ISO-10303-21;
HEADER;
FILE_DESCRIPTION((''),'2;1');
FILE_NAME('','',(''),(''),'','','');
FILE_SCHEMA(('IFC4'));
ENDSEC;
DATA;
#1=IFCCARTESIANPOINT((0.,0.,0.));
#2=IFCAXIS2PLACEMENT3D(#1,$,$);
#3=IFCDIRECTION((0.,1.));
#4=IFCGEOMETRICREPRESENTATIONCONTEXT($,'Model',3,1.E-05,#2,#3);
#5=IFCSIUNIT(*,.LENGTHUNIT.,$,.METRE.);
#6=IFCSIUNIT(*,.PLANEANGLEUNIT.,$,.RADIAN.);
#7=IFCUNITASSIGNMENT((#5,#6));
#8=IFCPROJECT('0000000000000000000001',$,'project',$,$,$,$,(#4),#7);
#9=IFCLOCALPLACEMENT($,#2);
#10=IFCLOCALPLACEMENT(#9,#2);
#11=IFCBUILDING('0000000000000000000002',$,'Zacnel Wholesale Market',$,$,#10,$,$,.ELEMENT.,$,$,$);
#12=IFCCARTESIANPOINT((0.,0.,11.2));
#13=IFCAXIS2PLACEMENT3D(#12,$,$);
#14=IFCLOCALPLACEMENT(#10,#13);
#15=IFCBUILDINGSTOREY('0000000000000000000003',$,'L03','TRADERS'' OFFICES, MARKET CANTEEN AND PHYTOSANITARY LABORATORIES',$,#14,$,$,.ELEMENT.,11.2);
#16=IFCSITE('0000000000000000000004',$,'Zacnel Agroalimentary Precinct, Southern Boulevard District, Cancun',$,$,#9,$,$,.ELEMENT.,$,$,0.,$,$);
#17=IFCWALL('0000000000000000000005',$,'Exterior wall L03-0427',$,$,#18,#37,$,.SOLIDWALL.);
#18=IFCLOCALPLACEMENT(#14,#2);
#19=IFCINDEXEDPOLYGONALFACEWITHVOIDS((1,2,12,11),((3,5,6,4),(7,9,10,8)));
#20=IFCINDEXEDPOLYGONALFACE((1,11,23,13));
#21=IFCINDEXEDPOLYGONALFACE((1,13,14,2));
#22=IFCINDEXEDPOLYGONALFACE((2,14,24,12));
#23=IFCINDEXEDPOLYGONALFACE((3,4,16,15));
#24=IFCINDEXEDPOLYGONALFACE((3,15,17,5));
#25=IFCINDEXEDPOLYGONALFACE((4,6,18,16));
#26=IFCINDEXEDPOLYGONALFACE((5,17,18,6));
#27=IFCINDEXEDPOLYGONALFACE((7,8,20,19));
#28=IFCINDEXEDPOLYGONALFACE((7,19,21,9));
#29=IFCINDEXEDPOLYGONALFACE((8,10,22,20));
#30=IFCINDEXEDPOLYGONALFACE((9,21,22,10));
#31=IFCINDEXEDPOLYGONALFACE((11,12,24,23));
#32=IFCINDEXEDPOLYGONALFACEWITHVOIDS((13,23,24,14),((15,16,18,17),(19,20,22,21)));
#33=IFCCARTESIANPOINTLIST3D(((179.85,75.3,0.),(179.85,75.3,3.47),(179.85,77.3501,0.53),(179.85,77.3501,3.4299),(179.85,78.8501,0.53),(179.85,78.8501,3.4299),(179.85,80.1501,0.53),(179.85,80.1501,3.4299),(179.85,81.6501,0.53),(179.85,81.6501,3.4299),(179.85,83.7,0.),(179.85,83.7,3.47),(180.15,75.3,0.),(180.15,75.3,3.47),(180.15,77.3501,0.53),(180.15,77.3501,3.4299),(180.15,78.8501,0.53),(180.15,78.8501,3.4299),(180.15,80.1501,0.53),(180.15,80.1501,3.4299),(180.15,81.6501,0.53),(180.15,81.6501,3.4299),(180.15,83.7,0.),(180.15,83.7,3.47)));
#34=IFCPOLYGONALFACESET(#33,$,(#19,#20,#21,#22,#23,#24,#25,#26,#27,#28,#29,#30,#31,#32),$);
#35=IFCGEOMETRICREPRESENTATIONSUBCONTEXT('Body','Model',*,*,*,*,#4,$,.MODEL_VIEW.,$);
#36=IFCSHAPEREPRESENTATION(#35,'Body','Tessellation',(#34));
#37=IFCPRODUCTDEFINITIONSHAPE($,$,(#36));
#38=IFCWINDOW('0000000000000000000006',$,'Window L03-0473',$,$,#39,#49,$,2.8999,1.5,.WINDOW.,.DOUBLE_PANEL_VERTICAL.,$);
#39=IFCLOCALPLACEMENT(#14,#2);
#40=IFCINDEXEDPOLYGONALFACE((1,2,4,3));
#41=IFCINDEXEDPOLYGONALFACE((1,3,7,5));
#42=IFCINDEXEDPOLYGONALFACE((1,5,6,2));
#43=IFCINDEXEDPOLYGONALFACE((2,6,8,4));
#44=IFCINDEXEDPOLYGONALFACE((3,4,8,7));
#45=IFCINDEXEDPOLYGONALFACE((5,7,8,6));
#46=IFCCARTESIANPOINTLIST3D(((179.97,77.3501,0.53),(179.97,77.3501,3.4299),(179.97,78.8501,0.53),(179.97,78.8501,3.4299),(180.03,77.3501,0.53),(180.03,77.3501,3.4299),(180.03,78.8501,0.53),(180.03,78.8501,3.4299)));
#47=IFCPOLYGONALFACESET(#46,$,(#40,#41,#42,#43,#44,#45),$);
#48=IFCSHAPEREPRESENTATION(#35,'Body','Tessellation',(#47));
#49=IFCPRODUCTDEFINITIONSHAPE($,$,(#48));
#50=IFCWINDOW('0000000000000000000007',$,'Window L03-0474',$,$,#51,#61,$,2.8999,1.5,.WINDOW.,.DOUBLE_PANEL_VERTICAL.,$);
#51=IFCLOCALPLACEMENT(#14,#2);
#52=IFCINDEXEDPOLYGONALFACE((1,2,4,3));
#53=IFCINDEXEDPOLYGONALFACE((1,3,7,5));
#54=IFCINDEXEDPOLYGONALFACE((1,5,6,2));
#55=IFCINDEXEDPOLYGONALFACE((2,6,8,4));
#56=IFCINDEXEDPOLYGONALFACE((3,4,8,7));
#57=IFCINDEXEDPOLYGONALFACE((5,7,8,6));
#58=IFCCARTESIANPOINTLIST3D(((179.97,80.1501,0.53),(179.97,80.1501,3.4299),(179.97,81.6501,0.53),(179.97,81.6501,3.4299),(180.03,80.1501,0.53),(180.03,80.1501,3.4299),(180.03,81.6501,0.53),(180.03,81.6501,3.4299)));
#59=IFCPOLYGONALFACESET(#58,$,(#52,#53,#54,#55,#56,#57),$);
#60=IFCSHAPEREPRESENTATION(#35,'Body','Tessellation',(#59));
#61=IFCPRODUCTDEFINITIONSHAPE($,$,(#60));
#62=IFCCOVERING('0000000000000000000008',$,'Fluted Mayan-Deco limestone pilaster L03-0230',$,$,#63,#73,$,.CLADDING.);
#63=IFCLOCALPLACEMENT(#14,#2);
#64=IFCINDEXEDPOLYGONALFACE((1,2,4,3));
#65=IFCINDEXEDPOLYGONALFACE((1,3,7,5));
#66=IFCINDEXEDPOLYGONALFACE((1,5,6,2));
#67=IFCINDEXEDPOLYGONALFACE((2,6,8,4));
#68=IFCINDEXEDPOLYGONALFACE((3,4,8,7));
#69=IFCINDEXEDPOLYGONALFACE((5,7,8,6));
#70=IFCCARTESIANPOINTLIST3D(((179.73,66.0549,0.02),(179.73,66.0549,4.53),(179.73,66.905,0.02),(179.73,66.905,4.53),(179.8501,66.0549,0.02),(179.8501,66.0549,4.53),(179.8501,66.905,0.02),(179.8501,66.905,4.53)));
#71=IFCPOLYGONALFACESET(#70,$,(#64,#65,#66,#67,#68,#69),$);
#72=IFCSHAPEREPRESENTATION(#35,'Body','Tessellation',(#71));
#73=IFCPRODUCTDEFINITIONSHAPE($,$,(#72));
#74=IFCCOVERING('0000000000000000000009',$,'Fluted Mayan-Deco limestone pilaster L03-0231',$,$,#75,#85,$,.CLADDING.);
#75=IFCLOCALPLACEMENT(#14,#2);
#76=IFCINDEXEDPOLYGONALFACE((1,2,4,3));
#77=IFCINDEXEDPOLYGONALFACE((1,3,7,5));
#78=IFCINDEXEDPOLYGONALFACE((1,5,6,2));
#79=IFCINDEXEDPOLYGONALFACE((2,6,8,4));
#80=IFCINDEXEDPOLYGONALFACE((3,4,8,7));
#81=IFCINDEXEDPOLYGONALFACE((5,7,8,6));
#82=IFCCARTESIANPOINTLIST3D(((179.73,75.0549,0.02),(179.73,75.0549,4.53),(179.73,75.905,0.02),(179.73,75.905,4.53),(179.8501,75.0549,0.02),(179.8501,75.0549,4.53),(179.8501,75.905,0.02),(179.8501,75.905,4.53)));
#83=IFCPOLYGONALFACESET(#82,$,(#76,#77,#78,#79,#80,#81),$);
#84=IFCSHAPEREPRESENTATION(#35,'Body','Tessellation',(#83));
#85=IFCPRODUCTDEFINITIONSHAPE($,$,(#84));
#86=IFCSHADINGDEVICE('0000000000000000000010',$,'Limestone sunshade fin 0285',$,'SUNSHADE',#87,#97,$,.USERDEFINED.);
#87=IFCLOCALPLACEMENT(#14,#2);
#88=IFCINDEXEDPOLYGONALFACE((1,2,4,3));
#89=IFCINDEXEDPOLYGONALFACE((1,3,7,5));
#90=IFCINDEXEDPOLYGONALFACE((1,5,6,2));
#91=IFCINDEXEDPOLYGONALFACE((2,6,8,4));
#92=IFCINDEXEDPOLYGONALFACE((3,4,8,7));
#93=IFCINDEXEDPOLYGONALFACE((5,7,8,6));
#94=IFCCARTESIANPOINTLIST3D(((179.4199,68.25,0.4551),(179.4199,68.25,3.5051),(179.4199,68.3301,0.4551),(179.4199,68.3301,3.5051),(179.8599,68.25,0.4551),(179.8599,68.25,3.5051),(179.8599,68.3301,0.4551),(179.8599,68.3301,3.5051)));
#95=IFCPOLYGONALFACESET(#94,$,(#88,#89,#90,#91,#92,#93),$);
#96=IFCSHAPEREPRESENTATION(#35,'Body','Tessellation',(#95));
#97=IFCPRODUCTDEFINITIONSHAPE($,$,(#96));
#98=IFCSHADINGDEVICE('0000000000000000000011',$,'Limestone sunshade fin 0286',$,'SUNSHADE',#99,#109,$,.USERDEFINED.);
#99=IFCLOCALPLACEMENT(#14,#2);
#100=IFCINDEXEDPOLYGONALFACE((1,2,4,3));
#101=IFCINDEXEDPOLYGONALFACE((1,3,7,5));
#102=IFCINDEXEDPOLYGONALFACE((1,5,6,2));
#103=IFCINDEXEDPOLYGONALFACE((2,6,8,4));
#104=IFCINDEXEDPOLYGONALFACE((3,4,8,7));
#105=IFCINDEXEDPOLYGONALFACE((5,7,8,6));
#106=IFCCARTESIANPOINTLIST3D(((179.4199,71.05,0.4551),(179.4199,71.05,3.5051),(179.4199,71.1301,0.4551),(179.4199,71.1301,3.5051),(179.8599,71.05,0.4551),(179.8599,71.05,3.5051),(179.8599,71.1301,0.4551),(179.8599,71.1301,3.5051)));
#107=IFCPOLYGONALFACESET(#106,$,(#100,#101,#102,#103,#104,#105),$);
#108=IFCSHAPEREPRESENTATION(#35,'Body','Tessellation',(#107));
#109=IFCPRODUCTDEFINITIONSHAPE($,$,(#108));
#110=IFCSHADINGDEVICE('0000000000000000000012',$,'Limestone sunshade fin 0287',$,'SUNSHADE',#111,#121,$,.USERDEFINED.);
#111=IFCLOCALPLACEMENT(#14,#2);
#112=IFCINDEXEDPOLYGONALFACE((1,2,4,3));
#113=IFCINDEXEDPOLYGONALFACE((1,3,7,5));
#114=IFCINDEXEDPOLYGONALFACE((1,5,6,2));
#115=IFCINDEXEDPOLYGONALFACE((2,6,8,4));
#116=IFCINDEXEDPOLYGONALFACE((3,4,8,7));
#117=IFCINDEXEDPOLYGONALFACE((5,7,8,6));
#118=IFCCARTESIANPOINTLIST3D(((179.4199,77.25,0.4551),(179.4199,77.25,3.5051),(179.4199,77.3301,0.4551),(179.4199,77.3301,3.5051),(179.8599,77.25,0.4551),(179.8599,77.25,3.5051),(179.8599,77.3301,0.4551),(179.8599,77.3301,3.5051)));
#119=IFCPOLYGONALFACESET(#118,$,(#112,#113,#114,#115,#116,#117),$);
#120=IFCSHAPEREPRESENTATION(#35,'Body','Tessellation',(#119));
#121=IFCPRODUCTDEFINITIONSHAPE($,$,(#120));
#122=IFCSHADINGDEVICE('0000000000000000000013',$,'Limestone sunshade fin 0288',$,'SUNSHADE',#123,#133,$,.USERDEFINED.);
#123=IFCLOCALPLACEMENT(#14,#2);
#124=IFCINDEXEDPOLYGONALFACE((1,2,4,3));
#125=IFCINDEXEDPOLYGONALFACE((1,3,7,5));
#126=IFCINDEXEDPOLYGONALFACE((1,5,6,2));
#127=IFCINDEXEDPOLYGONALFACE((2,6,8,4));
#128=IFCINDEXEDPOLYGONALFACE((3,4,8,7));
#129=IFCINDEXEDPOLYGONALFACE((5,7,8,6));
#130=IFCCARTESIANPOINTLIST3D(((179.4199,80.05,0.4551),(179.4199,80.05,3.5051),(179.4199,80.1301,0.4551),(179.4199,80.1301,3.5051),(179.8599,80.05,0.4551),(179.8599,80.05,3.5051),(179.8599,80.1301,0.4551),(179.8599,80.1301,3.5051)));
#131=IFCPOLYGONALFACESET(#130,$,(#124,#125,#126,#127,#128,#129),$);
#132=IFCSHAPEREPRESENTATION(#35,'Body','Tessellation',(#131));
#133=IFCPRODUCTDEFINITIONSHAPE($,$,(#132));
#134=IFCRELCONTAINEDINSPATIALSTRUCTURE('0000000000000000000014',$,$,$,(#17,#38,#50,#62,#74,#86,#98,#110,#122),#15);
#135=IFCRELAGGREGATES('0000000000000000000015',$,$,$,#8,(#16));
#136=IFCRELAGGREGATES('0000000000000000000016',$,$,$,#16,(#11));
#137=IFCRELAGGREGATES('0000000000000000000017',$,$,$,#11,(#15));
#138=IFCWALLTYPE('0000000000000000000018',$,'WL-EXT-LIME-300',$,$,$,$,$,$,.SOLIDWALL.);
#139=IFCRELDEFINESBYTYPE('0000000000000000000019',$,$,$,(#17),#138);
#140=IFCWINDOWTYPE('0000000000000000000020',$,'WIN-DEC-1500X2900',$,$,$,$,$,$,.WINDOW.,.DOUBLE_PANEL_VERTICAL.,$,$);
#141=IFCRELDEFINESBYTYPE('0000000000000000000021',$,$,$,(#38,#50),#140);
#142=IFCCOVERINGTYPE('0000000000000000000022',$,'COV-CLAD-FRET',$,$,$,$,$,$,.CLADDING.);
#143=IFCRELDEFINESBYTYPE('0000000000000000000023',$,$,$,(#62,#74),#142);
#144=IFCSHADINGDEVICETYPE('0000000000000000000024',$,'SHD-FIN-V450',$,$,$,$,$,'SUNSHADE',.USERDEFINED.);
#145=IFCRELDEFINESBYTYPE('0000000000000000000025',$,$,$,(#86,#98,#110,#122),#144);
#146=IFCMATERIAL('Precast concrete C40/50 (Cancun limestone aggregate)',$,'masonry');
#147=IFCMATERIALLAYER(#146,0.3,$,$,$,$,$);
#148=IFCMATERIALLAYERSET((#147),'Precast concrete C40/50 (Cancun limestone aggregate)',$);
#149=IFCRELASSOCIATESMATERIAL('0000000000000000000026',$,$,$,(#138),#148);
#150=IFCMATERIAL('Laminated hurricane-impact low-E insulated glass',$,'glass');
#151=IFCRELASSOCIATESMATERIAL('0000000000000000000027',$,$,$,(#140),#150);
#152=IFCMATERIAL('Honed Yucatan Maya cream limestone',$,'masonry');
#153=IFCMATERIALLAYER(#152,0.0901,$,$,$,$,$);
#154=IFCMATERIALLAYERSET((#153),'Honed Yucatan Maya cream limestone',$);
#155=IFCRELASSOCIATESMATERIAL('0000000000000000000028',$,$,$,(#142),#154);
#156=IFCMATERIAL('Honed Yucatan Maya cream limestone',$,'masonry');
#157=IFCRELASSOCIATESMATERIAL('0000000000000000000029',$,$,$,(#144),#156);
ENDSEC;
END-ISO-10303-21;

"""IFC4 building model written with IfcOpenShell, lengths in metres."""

from ifc_helpers import new_model, si_unit, direction, frame, frame_2d, origin, origin_2d, place, context, subcontext, project, spatial, rectangle, extrude, material, layer, layer_set, type_object, element, fill, save


model = new_model("IFC4")

# Units and contexts
model_context = context("Model", 3, precision=1e-05, world=origin(), true_north=direction((0.0, 1.0)))
body_context = subcontext(model_context, "Body", "Model", "MODEL_VIEW")
ifc_project = project(units=[si_unit("LENGTHUNIT", "METRE"), si_unit("PLANEANGLEUNIT", "RADIAN")], contexts=[model_context])

# Site, building, storey
site_placement = place(None, origin())
site = spatial("IfcSite", under=ifc_project, at=site_placement, Name="Zacnel Agroalimentary Precinct, Southern Boulevard District, Cancun", CompositionType="ELEMENT", RefElevation=0.0)
building_placement = place(site_placement, origin())
building = spatial("IfcBuilding", under=site, at=building_placement, Name="Zacnel Wholesale Market", CompositionType="ELEMENT")
storey_placement = place(building_placement, frame((0.0, 0.0, 11.2)))
storey = spatial("IfcBuildingStorey", under=building, at=storey_placement, Name="L03", Description="TRADERS' OFFICES, MARKET CANTEEN AND PHYTOSANITARY LABORATORIES", CompositionType="ELEMENT", Elevation=11.2)

# Wall, openings, windows
ifc_material_1 = material(Name="Precast concrete C40/50 (Cancun limestone aggregate)", Category="masonry")
ifc_layer_1 = layer(ifc_material_1, 0.3)
ifc_layer_set_1 = layer_set([ifc_layer_1], Name="Precast concrete C40/50 (Cancun limestone aggregate)")
wall_type = type_object("IfcWallType", Name="WL-EXT-LIME-300", PredefinedType="SOLIDWALL", material=ifc_layer_set_1)
wall_placement = place(storey_placement, frame((180.0, 75.3, 0.0), z_axis=(0.0, 0.0, 1.0), x_axis=(0.0, 1.0, 0.0)))
wall = element("IfcWall", 1, at=wall_placement, inside=storey, type_object=wall_type, Name="Exterior wall L03-0427", PredefinedType="SOLIDWALL", context=body_context, shape_type="SweptSolid", body=[
    extrude(rectangle(XDim=8.3999, YDim=0.3, at=frame_2d((4.2, 0.0))), origin(), (0.0, 0.0, 1.0), 3.47),
])
opening_1_placement = place(wall_placement, frame((2.05, 0.0, 0.53)))
opening_1 = element("IfcOpeningElement", 2, at=opening_1_placement, cuts=wall, PredefinedType="OPENING", context=body_context, shape_type="SweptSolid", body=[
    extrude(rectangle(XDim=1.5, YDim=2.8999, at=frame_2d((0.75, 1.45))), frame((0.0, 0.1599, 0.0), z_axis=(0.0, -1.0, 0.0), x_axis=(1.0, 0.0, 0.0)), (0.0, 0.0, 1.0), 0.3201),
])
opening_2_placement = place(wall_placement, frame((4.8501, 0.0, 0.53)))
opening_2 = element("IfcOpeningElement", 3, at=opening_2_placement, cuts=wall, PredefinedType="OPENING", context=body_context, shape_type="SweptSolid", body=[
    extrude(rectangle(XDim=1.5, YDim=2.8999, at=frame_2d((0.75, 1.45))), frame((0.0, 0.1599, 0.0), z_axis=(0.0, -1.0, 0.0), x_axis=(1.0, 0.0, 0.0)), (0.0, 0.0, 1.0), 0.3201),
])
ifc_material_2 = material(Name="Laminated hurricane-impact low-E insulated glass", Category="glass")
window_type = type_object("IfcWindowType", Name="WIN-DEC-1500X2900", PartitioningType="DOUBLE_PANEL_VERTICAL", PredefinedType="WINDOW", material=ifc_material_2)
window_1_placement = place(opening_1_placement, origin())
window_1 = element("IfcWindow", 4, at=window_1_placement, inside=storey, type_object=window_type, Name="Window L03-0473", OverallHeight=2.8999, OverallWidth=1.5, PartitioningType="DOUBLE_PANEL_VERTICAL", PredefinedType="WINDOW", context=body_context, shape_type="SweptSolid", body=[
    extrude(rectangle(XDim=1.5, YDim=2.8999, at=frame_2d((0.75, 1.45))), frame((0.0, 0.03, 0.0), z_axis=(0.0, -1.0, 0.0), x_axis=(1.0, 0.0, 0.0)), (0.0, 0.0, 1.0), 0.0601),
])
fill(opening_1, window_1)
window_2_placement = place(opening_2_placement, origin())
window_2 = element("IfcWindow", 5, at=window_2_placement, inside=storey, type_object=window_type, Name="Window L03-0474", OverallHeight=2.8999, OverallWidth=1.5, PartitioningType="DOUBLE_PANEL_VERTICAL", PredefinedType="WINDOW", context=body_context, shape_type="SweptSolid", body=[
    extrude(rectangle(XDim=1.5, YDim=2.8999, at=frame_2d((0.75, 1.45))), frame((0.0, 0.03, 0.0), z_axis=(0.0, -1.0, 0.0), x_axis=(1.0, 0.0, 0.0)), (0.0, 0.0, 1.0), 0.0601),
])
fill(opening_2, window_2)

# Coverings
ifc_material_3 = material(Name="Honed Yucatan Maya cream limestone", Category="masonry")
ifc_layer_2 = layer(ifc_material_3, 0.0901)
ifc_layer_set_2 = layer_set([ifc_layer_2], Name="Honed Yucatan Maya cream limestone")
covering_type = type_object("IfcCoveringType", Name="COV-CLAD-FRET", PredefinedType="CLADDING", material=ifc_layer_set_2)
for number, where, z_axis, x_axis, name in (
    (6, (179.79, 66.48, 0.02), (0.0, 0.0, 1.0), (0.0, 1.0, 0.0), "Fluted Mayan-Deco limestone pilaster L03-0230"),
    (7, (179.79, 75.48, 0.02), (0.0, 0.0, 1.0), (0.0, 1.0, 0.0), "Fluted Mayan-Deco limestone pilaster L03-0231"),
):
    element("IfcCovering", number, at=place(storey_placement, frame(where, z_axis=z_axis, x_axis=x_axis)), inside=storey, type_object=covering_type, Name=name, PredefinedType="CLADDING", context=body_context, shape_type="SweptSolid", body=[
        extrude(rectangle(XDim=0.8501, YDim=0.1201, at=origin_2d()), origin(), (0.0, 0.0, 1.0), 4.51),
    ])

# Shading devices
ifc_material_4 = material(Name="Honed Yucatan Maya cream limestone", Category="masonry")
shading_device_type = type_object("IfcShadingDeviceType", Name="SHD-FIN-V450", ElementType="SUNSHADE", PredefinedType="USERDEFINED", material=ifc_material_4)
for number, where, z_axis, x_axis, name in (
    (8, (179.6399, 68.29, 0.4551), (0.0, 0.0, 1.0), (0.0, 1.0, 0.0), "Limestone sunshade fin 0285"),
    (9, (179.6399, 71.0901, 0.4551), (0.0, 0.0, 1.0), (0.0, 1.0, 0.0), "Limestone sunshade fin 0286"),
    (10, (179.6399, 77.29, 0.4551), (0.0, 0.0, 1.0), (0.0, 1.0, 0.0), "Limestone sunshade fin 0287"),
    (11, (179.6399, 80.0901, 0.4551), (0.0, 0.0, 1.0), (0.0, 1.0, 0.0), "Limestone sunshade fin 0288"),
):
    element("IfcShadingDevice", number, at=place(storey_placement, frame(where, z_axis=z_axis, x_axis=x_axis)), inside=storey, type_object=shading_device_type, Name=name, ObjectType="SUNSHADE", PredefinedType="USERDEFINED", context=body_context, shape_type="SweptSolid", body=[
        extrude(rectangle(XDim=0.0801, YDim=0.4399, at=origin_2d()), origin(), (0.0, 0.0, 1.0), 3.05),
    ])

save(model, "model.ifc")
